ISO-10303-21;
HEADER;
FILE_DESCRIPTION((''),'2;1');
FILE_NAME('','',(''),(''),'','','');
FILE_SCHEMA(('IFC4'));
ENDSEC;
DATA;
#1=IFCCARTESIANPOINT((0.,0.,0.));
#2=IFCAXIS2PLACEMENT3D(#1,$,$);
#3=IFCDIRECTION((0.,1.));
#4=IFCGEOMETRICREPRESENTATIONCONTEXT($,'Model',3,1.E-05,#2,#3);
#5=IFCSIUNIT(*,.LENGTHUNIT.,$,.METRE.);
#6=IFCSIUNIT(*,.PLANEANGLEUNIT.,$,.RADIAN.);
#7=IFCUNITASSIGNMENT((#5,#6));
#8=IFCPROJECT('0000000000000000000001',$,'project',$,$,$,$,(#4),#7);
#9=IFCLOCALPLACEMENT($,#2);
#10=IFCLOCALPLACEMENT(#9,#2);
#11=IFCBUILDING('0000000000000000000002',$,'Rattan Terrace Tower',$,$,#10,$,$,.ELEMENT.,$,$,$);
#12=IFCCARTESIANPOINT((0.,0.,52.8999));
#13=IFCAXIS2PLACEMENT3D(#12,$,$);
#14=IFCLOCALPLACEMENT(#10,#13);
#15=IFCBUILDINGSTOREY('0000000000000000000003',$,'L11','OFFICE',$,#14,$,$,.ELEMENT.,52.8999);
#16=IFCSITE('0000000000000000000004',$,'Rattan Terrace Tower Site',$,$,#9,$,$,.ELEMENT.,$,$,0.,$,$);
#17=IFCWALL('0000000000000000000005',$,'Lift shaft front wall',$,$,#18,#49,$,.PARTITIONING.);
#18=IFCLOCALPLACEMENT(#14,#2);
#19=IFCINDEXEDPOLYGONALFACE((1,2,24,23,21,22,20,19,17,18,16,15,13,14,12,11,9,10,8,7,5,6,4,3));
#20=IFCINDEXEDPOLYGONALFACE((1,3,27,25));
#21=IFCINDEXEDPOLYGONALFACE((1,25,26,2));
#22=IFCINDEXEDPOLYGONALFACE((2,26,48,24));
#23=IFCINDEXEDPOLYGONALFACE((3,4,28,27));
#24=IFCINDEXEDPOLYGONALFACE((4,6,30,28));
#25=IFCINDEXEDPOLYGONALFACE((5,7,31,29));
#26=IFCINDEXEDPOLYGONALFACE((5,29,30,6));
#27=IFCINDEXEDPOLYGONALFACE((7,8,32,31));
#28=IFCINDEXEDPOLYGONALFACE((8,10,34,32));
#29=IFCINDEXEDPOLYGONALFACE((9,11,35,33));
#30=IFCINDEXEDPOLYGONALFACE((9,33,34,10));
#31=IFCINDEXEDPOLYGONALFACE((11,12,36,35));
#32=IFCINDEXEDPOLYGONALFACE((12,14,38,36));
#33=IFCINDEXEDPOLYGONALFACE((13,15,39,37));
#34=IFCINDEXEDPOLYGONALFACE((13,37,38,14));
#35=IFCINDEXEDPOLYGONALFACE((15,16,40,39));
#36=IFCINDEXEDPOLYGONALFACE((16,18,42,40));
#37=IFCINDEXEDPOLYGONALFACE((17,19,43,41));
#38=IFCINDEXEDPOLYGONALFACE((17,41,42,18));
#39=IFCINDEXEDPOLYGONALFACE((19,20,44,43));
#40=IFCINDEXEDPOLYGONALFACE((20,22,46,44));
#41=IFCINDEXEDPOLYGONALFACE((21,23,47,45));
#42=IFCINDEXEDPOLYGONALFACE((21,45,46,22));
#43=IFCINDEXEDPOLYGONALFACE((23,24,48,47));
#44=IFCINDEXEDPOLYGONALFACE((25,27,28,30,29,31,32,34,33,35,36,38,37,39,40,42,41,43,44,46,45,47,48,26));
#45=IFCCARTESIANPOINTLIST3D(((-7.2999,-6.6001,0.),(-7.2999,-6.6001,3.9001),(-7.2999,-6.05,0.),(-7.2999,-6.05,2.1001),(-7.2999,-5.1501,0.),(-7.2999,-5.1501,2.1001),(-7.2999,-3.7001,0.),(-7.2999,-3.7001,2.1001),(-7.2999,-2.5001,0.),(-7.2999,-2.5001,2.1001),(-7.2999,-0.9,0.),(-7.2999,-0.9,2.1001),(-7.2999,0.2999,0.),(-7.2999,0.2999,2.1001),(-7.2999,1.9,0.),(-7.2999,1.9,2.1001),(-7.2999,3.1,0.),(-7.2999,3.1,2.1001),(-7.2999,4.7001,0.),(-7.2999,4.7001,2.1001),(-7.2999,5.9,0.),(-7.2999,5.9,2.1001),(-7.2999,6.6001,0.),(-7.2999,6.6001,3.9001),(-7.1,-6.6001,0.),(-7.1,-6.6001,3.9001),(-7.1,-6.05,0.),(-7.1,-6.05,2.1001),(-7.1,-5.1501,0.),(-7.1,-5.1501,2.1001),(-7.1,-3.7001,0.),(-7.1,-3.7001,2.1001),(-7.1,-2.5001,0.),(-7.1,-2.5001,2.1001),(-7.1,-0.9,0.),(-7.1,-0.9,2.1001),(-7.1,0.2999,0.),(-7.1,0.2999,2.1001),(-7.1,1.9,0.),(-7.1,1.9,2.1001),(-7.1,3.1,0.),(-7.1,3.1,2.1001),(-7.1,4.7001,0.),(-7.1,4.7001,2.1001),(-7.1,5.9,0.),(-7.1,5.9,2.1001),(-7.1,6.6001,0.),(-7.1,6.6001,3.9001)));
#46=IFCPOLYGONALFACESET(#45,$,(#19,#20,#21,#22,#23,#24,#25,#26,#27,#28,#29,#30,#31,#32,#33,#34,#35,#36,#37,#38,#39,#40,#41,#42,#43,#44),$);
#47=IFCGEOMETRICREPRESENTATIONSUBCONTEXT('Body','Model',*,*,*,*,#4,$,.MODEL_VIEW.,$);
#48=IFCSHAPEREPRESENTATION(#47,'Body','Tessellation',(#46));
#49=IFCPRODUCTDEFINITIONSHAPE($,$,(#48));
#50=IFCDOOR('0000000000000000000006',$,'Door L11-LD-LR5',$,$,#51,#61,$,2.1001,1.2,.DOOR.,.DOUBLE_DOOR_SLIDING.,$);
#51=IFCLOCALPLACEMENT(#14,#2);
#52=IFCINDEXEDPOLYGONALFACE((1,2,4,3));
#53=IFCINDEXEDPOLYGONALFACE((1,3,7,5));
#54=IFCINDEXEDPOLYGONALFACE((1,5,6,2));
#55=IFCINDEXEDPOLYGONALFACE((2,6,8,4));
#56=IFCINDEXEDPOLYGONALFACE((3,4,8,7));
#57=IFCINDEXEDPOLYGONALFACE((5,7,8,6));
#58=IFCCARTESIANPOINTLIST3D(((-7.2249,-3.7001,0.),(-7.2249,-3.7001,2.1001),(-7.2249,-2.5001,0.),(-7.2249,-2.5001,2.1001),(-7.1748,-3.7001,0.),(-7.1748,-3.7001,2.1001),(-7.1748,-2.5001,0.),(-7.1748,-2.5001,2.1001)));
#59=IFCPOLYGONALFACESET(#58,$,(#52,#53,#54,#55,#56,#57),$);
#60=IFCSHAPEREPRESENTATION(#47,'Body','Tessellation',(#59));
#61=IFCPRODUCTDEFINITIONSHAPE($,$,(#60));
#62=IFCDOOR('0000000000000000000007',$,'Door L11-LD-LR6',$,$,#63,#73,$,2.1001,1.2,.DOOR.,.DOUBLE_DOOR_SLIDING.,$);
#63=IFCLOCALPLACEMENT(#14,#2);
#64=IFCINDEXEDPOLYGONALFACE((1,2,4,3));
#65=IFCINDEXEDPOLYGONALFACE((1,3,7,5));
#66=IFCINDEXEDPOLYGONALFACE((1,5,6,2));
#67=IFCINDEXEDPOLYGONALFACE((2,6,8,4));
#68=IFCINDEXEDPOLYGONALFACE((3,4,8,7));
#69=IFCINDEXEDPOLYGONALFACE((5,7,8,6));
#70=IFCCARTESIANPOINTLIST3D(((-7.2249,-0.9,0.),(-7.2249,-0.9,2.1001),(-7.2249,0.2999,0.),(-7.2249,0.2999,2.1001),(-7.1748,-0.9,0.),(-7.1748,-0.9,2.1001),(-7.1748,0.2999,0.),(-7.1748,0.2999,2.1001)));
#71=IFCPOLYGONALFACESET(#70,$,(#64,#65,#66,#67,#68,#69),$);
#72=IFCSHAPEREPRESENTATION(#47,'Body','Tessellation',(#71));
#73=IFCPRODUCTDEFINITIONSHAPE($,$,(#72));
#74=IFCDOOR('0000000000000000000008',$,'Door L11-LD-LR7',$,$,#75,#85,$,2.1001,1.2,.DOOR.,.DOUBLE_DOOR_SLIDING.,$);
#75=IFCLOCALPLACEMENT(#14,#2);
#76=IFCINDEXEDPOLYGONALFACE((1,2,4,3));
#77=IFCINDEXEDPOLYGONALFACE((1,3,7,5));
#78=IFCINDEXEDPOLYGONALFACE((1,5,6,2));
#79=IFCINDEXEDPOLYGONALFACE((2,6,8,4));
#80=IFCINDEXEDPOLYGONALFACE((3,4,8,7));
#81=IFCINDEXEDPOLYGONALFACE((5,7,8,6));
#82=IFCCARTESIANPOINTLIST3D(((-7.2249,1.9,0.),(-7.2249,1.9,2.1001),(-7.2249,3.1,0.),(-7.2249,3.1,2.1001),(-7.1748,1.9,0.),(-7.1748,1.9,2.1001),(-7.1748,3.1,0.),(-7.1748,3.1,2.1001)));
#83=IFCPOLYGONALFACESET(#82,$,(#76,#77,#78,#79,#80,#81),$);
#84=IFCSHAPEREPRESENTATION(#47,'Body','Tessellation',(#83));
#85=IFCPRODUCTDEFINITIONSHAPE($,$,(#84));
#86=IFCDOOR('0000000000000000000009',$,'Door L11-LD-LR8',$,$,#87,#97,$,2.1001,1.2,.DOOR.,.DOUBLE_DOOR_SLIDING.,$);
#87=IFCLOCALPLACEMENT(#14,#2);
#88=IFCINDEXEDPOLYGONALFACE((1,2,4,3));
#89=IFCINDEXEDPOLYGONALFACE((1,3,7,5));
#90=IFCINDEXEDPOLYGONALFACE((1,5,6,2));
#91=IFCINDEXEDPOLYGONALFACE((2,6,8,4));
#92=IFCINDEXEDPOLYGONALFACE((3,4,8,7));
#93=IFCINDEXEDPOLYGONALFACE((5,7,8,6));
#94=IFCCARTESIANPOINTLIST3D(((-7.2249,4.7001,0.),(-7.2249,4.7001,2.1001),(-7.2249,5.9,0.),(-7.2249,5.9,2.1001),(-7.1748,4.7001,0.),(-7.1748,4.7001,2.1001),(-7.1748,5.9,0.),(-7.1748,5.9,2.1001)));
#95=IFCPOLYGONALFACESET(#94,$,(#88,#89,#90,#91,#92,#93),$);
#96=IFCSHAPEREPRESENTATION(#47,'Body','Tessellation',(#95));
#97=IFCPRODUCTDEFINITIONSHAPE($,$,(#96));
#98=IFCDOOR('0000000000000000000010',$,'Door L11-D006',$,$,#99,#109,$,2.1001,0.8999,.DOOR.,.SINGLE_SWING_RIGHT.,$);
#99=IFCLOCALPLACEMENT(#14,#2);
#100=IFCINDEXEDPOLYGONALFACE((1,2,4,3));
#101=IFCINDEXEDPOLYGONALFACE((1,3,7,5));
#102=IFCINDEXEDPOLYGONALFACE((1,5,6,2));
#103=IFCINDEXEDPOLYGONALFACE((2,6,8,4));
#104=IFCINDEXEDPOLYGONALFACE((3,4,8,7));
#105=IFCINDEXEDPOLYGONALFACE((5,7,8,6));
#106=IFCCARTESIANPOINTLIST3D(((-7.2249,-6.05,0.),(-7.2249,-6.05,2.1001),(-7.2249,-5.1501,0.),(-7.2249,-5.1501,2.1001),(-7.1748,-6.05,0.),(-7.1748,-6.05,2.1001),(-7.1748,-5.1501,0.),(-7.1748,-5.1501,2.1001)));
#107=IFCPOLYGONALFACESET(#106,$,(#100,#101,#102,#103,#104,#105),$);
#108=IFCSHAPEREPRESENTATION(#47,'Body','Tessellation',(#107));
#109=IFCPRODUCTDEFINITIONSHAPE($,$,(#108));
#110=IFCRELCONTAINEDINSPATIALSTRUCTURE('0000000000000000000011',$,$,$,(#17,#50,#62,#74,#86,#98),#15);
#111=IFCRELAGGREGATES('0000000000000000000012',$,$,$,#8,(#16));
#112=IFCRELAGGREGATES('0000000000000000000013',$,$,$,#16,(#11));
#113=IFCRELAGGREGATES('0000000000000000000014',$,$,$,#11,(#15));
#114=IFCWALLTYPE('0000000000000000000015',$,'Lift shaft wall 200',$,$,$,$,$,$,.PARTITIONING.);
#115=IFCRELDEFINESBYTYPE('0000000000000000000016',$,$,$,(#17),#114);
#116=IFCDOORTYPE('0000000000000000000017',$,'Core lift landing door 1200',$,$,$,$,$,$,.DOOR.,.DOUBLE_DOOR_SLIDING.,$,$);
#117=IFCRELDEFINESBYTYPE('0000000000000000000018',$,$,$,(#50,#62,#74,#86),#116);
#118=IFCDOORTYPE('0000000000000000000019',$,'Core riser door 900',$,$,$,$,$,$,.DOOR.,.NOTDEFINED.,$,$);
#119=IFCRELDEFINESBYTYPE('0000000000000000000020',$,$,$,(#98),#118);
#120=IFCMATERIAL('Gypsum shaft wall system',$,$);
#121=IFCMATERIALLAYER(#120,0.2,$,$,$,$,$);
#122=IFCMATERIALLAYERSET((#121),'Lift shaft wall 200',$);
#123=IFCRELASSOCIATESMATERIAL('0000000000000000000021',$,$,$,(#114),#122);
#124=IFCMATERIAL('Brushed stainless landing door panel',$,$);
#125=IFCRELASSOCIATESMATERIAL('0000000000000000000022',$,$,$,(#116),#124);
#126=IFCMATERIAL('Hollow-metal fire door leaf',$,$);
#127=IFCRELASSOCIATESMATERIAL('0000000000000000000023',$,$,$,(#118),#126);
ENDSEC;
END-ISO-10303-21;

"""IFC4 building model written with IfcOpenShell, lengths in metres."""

from ifc_helpers import new_model, si_unit, direction, frame, frame_2d, origin, place, context, subcontext, project, spatial, rectangle, extrude, material, layer, layer_set, type_object, element, fill, save


model = new_model("IFC4")

# Units and contexts
model_context = context("Model", 3, precision=1e-05, world=origin(), true_north=direction((0.0, 1.0)))
body_context = subcontext(model_context, "Body", "Model", "MODEL_VIEW")
ifc_project = project(units=[si_unit("LENGTHUNIT", "METRE"), si_unit("PLANEANGLEUNIT", "RADIAN")], contexts=[model_context])

# Site, building, storey
site_placement = place(None, origin())
site = spatial("IfcSite", under=ifc_project, at=site_placement, Name="Rattan Terrace Tower Site", CompositionType="ELEMENT", RefElevation=0.0)
building_placement = place(site_placement, origin())
building = spatial("IfcBuilding", under=site, at=building_placement, Name="Rattan Terrace Tower", CompositionType="ELEMENT")
storey_placement = place(building_placement, frame((0.0, 0.0, 52.8999)))
storey = spatial("IfcBuildingStorey", under=building, at=storey_placement, Name="L11", Description="OFFICE", CompositionType="ELEMENT", Elevation=52.8999)

# Wall, openings, doors
ifc_material_1 = material(Name="Gypsum shaft wall system")
ifc_layer_1 = layer(ifc_material_1, 0.2)
ifc_layer_set_1 = layer_set([ifc_layer_1], Name="Lift shaft wall 200")
wall_type_1 = type_object("IfcWallType", Name="Lift shaft wall 200", PredefinedType="PARTITIONING", material=ifc_layer_set_1)
ifc_material_2 = material(Name="Brushed stainless landing door panel")
door_type_1 = type_object("IfcDoorType", Name="Core lift landing door 1200", OperationType="DOUBLE_DOOR_SLIDING", PredefinedType="DOOR", material=ifc_material_2)
ifc_material_3 = material(Name="Hollow-metal fire door leaf")
door_type_2 = type_object("IfcDoorType", Name="Core riser door 900", OperationType="NOTDEFINED", PredefinedType="DOOR", material=ifc_material_3)
wall_1_placement = place(storey_placement, frame((-7.2, -6.6001, 0.0), z_axis=(0.0, 0.0, 1.0), x_axis=(0.0, 1.0, 0.0)))
wall_1 = element("IfcWall", 1, at=wall_1_placement, inside=storey, type_object=wall_type_1, Name="Lift shaft front wall", PredefinedType="PARTITIONING", context=body_context, shape_type="SweptSolid", body=[
    extrude(rectangle(XDim=13.2002, YDim=0.2, at=frame_2d((6.6001, 0.0))), origin(), (0.0, 0.0, 1.0), 3.9001),
])
opening_1_placement = place(wall_1_placement, frame((0.55, 0.0, 0.0)))
opening_1 = element("IfcOpeningElement", 2, at=opening_1_placement, cuts=wall_1, PredefinedType="OPENING", context=body_context, shape_type="SweptSolid", body=[
    extrude(rectangle(XDim=0.8999, YDim=2.1001, at=frame_2d((0.45, 1.05))), frame((0.0, 0.1106, 0.0), z_axis=(0.0, -1.0, 0.0), x_axis=(1.0, 0.0, 0.0)), (0.0, 0.0, 1.0), 0.2209),
])
opening_2_placement = place(wall_1_placement, frame((2.8999, 0.0, 0.0)))
opening_2 = element("IfcOpeningElement", 3, at=opening_2_placement, cuts=wall_1, PredefinedType="OPENING", context=body_context, shape_type="SweptSolid", body=[
    extrude(rectangle(XDim=1.2, YDim=2.1001, at=frame_2d((0.6001, 1.05))), frame((0.0, 0.1106, 0.0), z_axis=(0.0, -1.0, 0.0), x_axis=(1.0, 0.0, 0.0)), (0.0, 0.0, 1.0), 0.2209),
])
opening_3_placement = place(wall_1_placement, frame((5.7, 0.0, 0.0)))
opening_3 = element("IfcOpeningElement", 4, at=opening_3_placement, cuts=wall_1, PredefinedType="OPENING", context=body_context, shape_type="SweptSolid", body=[
    extrude(rectangle(XDim=1.2, YDim=2.1001, at=frame_2d((0.6001, 1.05))), frame((0.0, 0.1106, 0.0), z_axis=(0.0, -1.0, 0.0), x_axis=(1.0, 0.0, 0.0)), (0.0, 0.0, 1.0), 0.2209),
])
opening_4_placement = place(wall_1_placement, frame((8.5, 0.0, 0.0)))
opening_4 = element("IfcOpeningElement", 5, at=opening_4_placement, cuts=wall_1, PredefinedType="OPENING", context=body_context, shape_type="SweptSolid", body=[
    extrude(rectangle(XDim=1.2, YDim=2.1001, at=frame_2d((0.6001, 1.05))), frame((0.0, 0.1106, 0.0), z_axis=(0.0, -1.0, 0.0), x_axis=(1.0, 0.0, 0.0)), (0.0, 0.0, 1.0), 0.2209),
])
opening_5_placement = place(wall_1_placement, frame((11.3, 0.0, 0.0)))
opening_5 = element("IfcOpeningElement", 6, at=opening_5_placement, cuts=wall_1, PredefinedType="OPENING", context=body_context, shape_type="SweptSolid", body=[
    extrude(rectangle(XDim=1.2, YDim=2.1001, at=frame_2d((0.6001, 1.05))), frame((0.0, 0.1106, 0.0), z_axis=(0.0, -1.0, 0.0), x_axis=(1.0, 0.0, 0.0)), (0.0, 0.0, 1.0), 0.2209),
])
door_1_placement = place(opening_2_placement, origin())
door_1 = element("IfcDoor", 7, at=door_1_placement, inside=storey, type_object=door_type_1, Name="Door L11-LD-LR5", OperationType="DOUBLE_DOOR_SLIDING", OverallHeight=2.1001, OverallWidth=1.2, PredefinedType="DOOR", context=body_context, shape_type="SweptSolid", body=[
    extrude(rectangle(XDim=1.2, YDim=2.1001, at=frame_2d((0.6001, 1.05))), frame((0.0, 0.0249, 0.0), z_axis=(0.0, -1.0, 0.0), x_axis=(1.0, 0.0, 0.0)), (0.0, 0.0, 1.0), 0.05),
])
fill(opening_2, door_1)
door_2_placement = place(opening_3_placement, origin())
door_2 = element("IfcDoor", 8, at=door_2_placement, inside=storey, type_object=door_type_1, Name="Door L11-LD-LR6", OperationType="DOUBLE_DOOR_SLIDING", OverallHeight=2.1001, OverallWidth=1.2, PredefinedType="DOOR", context=body_context, shape_type="SweptSolid", body=[
    extrude(rectangle(XDim=1.2, YDim=2.1001, at=frame_2d((0.6001, 1.05))), frame((0.0, 0.0249, 0.0), z_axis=(0.0, -1.0, 0.0), x_axis=(1.0, 0.0, 0.0)), (0.0, 0.0, 1.0), 0.05),
])
fill(opening_3, door_2)
door_3_placement = place(opening_4_placement, origin())
door_3 = element("IfcDoor", 9, at=door_3_placement, inside=storey, type_object=door_type_1, Name="Door L11-LD-LR7", OperationType="DOUBLE_DOOR_SLIDING", OverallHeight=2.1001, OverallWidth=1.2, PredefinedType="DOOR", context=body_context, shape_type="SweptSolid", body=[
    extrude(rectangle(XDim=1.2, YDim=2.1001, at=frame_2d((0.6001, 1.05))), frame((0.0, 0.0249, 0.0), z_axis=(0.0, -1.0, 0.0), x_axis=(1.0, 0.0, 0.0)), (0.0, 0.0, 1.0), 0.05),
])
fill(opening_4, door_3)
door_4_placement = place(opening_5_placement, origin())
door_4 = element("IfcDoor", 10, at=door_4_placement, inside=storey, type_object=door_type_1, Name="Door L11-LD-LR8", OperationType="DOUBLE_DOOR_SLIDING", OverallHeight=2.1001, OverallWidth=1.2, PredefinedType="DOOR", context=body_context, shape_type="SweptSolid", body=[
    extrude(rectangle(XDim=1.2, YDim=2.1001, at=frame_2d((0.6001, 1.05))), frame((0.0, 0.0249, 0.0), z_axis=(0.0, -1.0, 0.0), x_axis=(1.0, 0.0, 0.0)), (0.0, 0.0, 1.0), 0.05),
])
fill(opening_5, door_4)
door_5_placement = place(opening_1_placement, origin())
door_5 = element("IfcDoor", 11, at=door_5_placement, inside=storey, type_object=door_type_2, Name="Door L11-D006", OperationType="SINGLE_SWING_RIGHT", OverallHeight=2.1001, OverallWidth=0.8999, PredefinedType="DOOR", context=body_context, shape_type="SweptSolid", body=[
    extrude(rectangle(XDim=0.8999, YDim=2.1001, at=frame_2d((0.45, 1.05))), frame((0.0, 0.0249, 0.0), z_axis=(0.0, -1.0, 0.0), x_axis=(1.0, 0.0, 0.0)), (0.0, 0.0, 1.0), 0.05),
])
fill(opening_1, door_5)

save(model, "model.ifc")
